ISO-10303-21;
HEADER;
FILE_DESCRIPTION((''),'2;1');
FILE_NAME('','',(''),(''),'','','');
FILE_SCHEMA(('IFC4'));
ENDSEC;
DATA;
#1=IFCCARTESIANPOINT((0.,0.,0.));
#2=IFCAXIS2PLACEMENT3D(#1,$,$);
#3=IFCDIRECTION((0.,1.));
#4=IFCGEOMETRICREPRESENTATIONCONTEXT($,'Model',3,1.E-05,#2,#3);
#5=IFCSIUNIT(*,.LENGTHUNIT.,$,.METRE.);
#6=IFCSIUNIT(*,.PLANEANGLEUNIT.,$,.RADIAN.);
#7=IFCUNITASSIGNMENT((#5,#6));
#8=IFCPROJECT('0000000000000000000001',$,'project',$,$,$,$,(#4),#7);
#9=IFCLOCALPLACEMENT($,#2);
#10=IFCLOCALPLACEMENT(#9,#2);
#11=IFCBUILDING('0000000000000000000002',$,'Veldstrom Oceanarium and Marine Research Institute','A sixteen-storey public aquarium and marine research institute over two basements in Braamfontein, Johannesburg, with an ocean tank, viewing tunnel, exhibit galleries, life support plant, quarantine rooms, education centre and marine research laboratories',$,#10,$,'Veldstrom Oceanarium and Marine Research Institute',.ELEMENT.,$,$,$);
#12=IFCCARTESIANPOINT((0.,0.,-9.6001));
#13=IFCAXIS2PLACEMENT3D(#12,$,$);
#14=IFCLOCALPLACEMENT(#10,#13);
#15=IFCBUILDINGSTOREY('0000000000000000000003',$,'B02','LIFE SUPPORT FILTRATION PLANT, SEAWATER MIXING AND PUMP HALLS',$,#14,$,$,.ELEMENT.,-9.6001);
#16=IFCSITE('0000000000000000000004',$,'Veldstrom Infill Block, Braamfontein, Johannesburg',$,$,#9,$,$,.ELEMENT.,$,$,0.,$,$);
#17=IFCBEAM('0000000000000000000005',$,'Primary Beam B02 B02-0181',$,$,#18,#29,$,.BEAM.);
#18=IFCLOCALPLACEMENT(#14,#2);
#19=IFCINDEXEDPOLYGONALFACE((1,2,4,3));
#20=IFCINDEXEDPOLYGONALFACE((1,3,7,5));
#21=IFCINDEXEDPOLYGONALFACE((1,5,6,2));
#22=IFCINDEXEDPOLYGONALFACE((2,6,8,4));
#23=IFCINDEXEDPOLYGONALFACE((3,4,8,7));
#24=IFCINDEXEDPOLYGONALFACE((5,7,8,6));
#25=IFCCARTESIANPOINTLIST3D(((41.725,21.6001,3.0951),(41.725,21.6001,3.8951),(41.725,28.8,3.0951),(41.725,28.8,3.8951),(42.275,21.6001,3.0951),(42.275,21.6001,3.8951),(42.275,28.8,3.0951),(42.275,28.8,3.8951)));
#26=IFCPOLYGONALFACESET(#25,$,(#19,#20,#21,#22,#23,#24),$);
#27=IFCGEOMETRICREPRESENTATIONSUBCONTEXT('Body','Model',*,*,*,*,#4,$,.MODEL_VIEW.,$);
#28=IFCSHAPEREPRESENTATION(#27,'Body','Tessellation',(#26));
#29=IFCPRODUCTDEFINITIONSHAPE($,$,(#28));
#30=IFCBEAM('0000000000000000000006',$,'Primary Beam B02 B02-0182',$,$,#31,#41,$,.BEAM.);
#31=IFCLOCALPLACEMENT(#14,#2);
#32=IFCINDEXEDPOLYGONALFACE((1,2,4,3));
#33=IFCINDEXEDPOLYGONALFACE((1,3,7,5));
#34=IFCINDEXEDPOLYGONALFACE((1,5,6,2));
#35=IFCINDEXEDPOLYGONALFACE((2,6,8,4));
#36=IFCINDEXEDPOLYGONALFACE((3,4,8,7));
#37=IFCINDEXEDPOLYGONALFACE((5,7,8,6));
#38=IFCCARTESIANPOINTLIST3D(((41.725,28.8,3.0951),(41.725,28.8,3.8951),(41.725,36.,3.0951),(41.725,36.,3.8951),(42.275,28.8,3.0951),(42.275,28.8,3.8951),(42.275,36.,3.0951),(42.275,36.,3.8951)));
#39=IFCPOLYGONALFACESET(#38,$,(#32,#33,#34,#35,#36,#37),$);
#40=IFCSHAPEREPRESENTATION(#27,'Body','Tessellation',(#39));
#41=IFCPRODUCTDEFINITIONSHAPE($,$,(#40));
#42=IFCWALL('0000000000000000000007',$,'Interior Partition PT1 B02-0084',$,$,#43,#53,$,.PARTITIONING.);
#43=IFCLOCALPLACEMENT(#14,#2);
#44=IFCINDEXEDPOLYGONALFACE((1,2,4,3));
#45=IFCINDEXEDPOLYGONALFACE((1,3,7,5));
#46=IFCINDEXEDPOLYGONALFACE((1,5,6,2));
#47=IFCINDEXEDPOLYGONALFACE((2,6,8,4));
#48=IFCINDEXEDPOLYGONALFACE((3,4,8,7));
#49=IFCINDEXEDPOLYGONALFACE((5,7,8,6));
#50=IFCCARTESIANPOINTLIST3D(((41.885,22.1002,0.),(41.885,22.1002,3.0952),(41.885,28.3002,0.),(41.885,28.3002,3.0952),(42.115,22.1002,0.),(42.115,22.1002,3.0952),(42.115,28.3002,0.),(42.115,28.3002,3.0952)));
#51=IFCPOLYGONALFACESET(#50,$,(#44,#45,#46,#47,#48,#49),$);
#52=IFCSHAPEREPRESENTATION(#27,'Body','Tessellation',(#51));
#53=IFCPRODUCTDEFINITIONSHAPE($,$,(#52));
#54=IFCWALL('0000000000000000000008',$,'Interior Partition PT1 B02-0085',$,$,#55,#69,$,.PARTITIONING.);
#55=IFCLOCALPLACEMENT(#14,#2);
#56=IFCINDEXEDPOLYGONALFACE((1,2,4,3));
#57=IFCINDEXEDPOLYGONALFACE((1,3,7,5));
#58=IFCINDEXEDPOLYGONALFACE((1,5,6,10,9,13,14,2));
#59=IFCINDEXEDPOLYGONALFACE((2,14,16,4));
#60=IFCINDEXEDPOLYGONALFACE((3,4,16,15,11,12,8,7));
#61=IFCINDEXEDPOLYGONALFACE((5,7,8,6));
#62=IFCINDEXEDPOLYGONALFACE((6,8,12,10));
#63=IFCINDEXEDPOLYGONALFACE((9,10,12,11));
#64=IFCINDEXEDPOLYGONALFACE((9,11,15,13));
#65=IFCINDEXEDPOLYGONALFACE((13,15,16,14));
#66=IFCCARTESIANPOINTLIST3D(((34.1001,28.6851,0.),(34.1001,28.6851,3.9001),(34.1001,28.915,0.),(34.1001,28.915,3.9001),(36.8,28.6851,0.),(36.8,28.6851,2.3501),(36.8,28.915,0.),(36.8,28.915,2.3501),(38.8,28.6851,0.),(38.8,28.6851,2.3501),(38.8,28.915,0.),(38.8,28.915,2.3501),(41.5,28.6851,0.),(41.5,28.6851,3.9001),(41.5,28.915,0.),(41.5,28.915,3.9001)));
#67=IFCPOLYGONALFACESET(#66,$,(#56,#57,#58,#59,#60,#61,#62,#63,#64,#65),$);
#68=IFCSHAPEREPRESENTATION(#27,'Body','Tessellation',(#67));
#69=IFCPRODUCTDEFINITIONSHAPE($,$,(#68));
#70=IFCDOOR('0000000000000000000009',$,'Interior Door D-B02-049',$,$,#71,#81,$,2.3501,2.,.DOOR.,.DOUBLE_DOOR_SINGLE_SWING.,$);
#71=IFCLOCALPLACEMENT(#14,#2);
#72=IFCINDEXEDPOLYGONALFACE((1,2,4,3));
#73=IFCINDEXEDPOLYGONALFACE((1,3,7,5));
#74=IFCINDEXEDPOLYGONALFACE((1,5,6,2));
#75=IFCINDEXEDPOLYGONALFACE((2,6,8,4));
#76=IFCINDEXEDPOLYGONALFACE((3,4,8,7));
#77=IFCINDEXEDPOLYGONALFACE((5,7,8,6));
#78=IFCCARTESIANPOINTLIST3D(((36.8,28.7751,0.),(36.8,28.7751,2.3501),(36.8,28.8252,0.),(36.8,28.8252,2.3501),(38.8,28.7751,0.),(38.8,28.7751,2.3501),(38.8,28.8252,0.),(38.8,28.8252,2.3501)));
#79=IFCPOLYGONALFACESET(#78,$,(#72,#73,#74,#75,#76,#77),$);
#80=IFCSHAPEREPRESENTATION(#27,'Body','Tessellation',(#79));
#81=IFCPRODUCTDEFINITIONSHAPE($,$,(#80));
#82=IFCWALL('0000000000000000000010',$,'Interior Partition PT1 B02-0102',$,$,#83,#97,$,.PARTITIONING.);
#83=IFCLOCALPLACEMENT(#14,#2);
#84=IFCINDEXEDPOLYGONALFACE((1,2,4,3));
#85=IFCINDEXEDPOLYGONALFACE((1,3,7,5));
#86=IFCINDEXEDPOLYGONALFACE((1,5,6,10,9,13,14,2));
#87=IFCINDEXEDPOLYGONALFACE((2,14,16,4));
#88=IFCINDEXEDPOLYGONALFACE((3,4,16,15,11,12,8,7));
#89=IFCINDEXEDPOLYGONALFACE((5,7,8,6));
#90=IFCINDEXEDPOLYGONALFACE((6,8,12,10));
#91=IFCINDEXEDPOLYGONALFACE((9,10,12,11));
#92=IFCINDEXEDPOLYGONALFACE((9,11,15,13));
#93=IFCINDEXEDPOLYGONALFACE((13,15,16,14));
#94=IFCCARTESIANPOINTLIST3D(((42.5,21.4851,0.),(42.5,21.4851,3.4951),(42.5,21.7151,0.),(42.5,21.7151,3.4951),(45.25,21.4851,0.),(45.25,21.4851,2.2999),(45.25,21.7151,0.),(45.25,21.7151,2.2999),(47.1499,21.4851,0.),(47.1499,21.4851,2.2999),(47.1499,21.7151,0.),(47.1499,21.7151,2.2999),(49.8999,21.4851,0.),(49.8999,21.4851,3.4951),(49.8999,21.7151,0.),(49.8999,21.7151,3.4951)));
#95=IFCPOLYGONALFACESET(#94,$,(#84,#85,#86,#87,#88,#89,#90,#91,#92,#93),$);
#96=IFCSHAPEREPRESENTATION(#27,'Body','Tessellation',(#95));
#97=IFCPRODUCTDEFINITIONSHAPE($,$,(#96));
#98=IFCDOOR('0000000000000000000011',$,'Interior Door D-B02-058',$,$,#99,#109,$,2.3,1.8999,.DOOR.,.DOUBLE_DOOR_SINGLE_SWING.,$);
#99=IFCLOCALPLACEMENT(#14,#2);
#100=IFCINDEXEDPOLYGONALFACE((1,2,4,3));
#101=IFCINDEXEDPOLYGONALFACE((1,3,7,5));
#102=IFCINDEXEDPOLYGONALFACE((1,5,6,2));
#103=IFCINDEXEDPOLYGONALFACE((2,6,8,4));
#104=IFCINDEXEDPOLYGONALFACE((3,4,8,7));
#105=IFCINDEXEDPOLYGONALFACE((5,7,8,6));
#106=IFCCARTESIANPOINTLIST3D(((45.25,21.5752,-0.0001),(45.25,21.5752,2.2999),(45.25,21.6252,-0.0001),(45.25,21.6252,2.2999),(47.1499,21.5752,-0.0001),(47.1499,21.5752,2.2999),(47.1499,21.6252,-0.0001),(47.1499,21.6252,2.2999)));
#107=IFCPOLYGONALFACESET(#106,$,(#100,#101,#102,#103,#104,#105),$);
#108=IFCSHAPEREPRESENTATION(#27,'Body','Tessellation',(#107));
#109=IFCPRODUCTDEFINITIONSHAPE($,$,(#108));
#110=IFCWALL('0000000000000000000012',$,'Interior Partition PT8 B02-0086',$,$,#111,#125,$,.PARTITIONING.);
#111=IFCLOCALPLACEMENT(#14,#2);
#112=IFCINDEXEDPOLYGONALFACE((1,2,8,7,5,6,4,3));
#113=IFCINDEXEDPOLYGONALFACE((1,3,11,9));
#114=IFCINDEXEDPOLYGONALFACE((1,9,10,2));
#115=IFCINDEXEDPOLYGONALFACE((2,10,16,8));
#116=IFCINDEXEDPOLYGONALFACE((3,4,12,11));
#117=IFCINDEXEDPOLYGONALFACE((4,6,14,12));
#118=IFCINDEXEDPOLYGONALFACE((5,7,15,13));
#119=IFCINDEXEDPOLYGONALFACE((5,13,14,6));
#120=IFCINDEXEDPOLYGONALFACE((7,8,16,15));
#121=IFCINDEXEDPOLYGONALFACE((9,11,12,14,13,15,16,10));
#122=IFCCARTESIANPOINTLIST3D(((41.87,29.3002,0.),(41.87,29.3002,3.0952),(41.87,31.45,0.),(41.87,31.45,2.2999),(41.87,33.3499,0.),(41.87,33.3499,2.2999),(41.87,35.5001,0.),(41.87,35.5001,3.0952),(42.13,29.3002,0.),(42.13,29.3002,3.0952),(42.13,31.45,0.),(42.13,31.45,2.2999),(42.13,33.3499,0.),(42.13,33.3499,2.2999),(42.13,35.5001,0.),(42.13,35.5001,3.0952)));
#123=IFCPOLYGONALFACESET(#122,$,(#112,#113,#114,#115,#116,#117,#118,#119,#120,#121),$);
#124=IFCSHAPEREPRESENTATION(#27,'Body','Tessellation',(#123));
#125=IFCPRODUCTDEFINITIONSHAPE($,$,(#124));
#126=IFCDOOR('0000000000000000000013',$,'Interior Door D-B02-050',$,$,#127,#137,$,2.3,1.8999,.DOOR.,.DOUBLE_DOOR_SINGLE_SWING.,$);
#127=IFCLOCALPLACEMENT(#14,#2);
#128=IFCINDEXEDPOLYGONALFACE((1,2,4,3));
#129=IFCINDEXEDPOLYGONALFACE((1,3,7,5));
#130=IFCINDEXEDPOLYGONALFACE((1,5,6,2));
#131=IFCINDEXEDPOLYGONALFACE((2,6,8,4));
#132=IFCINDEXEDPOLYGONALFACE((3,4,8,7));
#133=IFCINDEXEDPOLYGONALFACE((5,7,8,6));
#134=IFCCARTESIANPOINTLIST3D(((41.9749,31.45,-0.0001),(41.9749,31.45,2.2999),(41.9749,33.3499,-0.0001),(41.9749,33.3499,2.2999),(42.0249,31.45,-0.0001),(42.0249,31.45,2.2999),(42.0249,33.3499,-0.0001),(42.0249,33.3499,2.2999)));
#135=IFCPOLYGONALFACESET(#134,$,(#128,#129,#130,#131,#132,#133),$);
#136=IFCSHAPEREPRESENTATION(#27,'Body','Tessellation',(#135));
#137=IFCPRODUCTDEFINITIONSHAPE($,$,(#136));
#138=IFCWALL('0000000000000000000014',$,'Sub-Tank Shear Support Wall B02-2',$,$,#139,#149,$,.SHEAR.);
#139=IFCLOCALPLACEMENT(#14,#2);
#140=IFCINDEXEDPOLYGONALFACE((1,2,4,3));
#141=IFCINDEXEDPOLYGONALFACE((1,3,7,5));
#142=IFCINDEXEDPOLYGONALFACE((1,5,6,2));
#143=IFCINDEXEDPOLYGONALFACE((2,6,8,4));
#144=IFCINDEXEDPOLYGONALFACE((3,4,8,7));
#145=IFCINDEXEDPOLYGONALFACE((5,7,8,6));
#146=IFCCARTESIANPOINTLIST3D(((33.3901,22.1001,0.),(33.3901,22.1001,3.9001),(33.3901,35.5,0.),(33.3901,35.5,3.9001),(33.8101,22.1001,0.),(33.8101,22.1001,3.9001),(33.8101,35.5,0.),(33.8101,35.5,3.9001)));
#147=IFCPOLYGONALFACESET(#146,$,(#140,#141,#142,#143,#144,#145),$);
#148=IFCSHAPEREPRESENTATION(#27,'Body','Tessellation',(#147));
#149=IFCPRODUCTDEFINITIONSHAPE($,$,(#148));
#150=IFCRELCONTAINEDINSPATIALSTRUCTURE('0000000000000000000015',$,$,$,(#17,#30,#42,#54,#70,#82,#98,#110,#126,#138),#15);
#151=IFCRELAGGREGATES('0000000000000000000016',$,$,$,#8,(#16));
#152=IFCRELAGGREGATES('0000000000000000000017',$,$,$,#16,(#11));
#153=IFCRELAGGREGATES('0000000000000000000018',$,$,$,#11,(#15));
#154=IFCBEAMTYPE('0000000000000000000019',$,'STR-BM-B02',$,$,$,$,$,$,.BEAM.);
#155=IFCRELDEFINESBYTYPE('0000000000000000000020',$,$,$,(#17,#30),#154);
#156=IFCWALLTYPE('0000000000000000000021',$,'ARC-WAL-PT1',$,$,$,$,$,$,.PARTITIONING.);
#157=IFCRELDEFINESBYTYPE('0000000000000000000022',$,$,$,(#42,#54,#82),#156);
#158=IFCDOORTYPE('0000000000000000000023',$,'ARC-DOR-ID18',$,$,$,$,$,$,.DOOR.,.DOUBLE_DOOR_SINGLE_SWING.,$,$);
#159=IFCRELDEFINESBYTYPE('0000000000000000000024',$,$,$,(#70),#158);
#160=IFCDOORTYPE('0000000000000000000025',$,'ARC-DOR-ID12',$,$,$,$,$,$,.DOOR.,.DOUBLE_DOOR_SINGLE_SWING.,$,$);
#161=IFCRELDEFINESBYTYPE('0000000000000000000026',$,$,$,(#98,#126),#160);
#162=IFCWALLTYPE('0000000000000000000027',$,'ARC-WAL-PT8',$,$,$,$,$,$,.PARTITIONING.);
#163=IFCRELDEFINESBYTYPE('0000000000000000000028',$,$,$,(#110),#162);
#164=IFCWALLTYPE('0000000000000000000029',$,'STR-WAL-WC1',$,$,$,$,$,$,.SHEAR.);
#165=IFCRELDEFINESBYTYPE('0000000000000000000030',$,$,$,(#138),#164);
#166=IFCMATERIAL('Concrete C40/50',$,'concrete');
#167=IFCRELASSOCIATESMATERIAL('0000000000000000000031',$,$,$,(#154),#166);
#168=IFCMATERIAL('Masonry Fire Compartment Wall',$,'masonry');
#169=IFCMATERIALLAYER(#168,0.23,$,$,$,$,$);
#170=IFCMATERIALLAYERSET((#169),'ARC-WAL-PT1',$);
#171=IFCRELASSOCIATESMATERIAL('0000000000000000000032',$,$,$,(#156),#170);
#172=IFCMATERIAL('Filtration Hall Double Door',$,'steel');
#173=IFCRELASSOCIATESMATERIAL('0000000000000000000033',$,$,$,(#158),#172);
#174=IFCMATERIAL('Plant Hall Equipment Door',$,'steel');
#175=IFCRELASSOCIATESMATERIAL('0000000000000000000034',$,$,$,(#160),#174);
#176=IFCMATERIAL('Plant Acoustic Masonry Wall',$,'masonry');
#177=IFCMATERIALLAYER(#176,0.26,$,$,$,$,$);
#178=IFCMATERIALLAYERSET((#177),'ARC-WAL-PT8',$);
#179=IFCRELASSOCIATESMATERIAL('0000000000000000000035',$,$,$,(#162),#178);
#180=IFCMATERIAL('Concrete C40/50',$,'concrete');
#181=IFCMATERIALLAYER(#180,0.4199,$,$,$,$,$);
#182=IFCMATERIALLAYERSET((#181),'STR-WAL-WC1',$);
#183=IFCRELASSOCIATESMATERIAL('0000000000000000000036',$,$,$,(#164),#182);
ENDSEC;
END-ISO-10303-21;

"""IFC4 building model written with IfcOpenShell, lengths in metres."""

from ifc_helpers import new_model, si_unit, direction, frame, frame_2d, origin, origin_2d, place, context, subcontext, project, spatial, rectangle, extrude, material, layer, layer_set, material_profile, profile_set, type_object, element, fill, save


model = new_model("IFC4")

# Units and contexts
model_context = context("Model", 3, precision=1e-05, world=origin(), true_north=direction((0.0, 1.0)))
body_context = subcontext(model_context, "Body", "Model", "MODEL_VIEW")
ifc_project = project(units=[si_unit("LENGTHUNIT", "METRE"), si_unit("PLANEANGLEUNIT", "RADIAN")], contexts=[model_context])

# Site, building, storey
site_placement = place(None, origin())
site = spatial("IfcSite", under=ifc_project, at=site_placement, Name="Veldstrom Infill Block, Braamfontein, Johannesburg", CompositionType="ELEMENT", RefElevation=0.0)
building_placement = place(site_placement, origin())
building = spatial("IfcBuilding", under=site, at=building_placement, Name="Veldstrom Oceanarium and Marine Research Institute", Description="A sixteen-storey public aquarium and marine research institute over two basements in Braamfontein, Johannesburg, with an ocean tank, viewing tunnel, exhibit galleries, life support plant, quarantine rooms, education centre and marine research laboratories", LongName="Veldstrom Oceanarium and Marine Research Institute", CompositionType="ELEMENT")
storey_placement = place(building_placement, frame((0.0, 0.0, -9.6001)))
storey = spatial("IfcBuildingStorey", under=building, at=storey_placement, Name="B02", Description="LIFE SUPPORT FILTRATION PLANT, SEAWATER MIXING AND PUMP HALLS", CompositionType="ELEMENT", Elevation=-9.6001)

# Beams
ifc_material_1 = material(Name="Concrete C40/50", Category="concrete")
ifc_material_profile_1 = material_profile(ifc_material_1, rectangle(XDim=0.55, YDim=0.8, at=origin_2d()), Name="RC-BM-550x800")
ifc_profile_set_1 = profile_set([ifc_material_profile_1], Name="Concrete C40/50")
beam_type_1 = type_object("IfcBeamType", Name="STR-BM-B02", PredefinedType="BEAM", material=ifc_profile_set_1)
for number, where, z_axis, x_axis, name in (
    (1, (42.0, 21.6001, 3.4951), (0.0, 1.0, 0.0), (-1.0, 0.0, 0.0), "Primary Beam B02 B02-0181"),
    (2, (42.0, 28.8, 3.4951), (0.0, 1.0, 0.0), (-1.0, 0.0, 0.0), "Primary Beam B02 B02-0182"),
):
    element("IfcBeam", number, at=place(storey_placement, frame(where, z_axis=z_axis, x_axis=x_axis)), inside=storey, type_object=beam_type_1, Name=name, PredefinedType="BEAM", context=body_context, shape_type="SweptSolid", body=[
        extrude(rectangle(XDim=0.55, YDim=0.8, at=origin_2d()), origin(), (0.0, 0.0, 1.0), 7.2),
    ])

# Wall
ifc_material_2 = material(Name="Masonry Fire Compartment Wall", Category="masonry")
ifc_layer_1 = layer(ifc_material_2, 0.23)
ifc_layer_set_1 = layer_set([ifc_layer_1], Name="ARC-WAL-PT1")
wall_type_1 = type_object("IfcWallType", Name="ARC-WAL-PT1", PredefinedType="PARTITIONING", material=ifc_layer_set_1)
wall_1_placement = place(storey_placement, frame((42.0, 22.1001, 0.0), z_axis=(0.0, 0.0, 1.0), x_axis=(0.0, 1.0, 0.0)))
element("IfcWall", 3, at=wall_1_placement, inside=storey, type_object=wall_type_1, Name="Interior Partition PT1 B02-0084", PredefinedType="PARTITIONING", context=body_context, shape_type="SweptSolid", body=[
    extrude(rectangle(XDim=6.2, YDim=0.23, at=frame_2d((3.1001, 0.0))), origin(), (0.0, 0.0, 1.0), 3.0952),
])

# Walls, openings, doors
wall_2_placement = place(storey_placement, frame((34.1001, 28.8, 0.0), z_axis=(0.0, 0.0, 1.0), x_axis=(1.0, 0.0, 0.0)))
wall_2 = element("IfcWall", 4, at=wall_2_placement, inside=storey, type_object=wall_type_1, Name="Interior Partition PT1 B02-0085", PredefinedType="PARTITIONING", context=body_context, shape_type="SweptSolid", body=[
    extrude(rectangle(XDim=7.3999, YDim=0.23, at=frame_2d((3.7, 0.0))), origin(), (0.0, 0.0, 1.0), 3.9001),
])
opening_1_placement = place(wall_2_placement, frame((2.7, 0.0, 0.0)))
opening_1 = element("IfcOpeningElement", 5, at=opening_1_placement, cuts=wall_2, PredefinedType="OPENING", context=body_context, shape_type="SweptSolid", body=[
    extrude(rectangle(XDim=2.0, YDim=2.3501, at=frame_2d((1.0, 1.175))), frame((0.0, 0.125, 0.0), z_axis=(0.0, -1.0, 0.0), x_axis=(1.0, 0.0, 0.0)), (0.0, 0.0, 1.0), 0.25),
])
ifc_material_3 = material(Name="Filtration Hall Double Door", Category="steel")
door_type_1 = type_object("IfcDoorType", Name="ARC-DOR-ID18", OperationType="DOUBLE_DOOR_SINGLE_SWING", PredefinedType="DOOR", material=ifc_material_3)
door_1_placement = place(opening_1_placement, frame((2.0, 0.0, 0.0), z_axis=(0.0, 0.0, 1.0), x_axis=(-1.0, 0.0, 0.0)))
door_1 = element("IfcDoor", 6, at=door_1_placement, inside=storey, type_object=door_type_1, Name="Interior Door D-B02-049", OperationType="DOUBLE_DOOR_SINGLE_SWING", OverallHeight=2.3501, OverallWidth=2.0, PredefinedType="DOOR", context=body_context, shape_type="SweptSolid", body=[
    extrude(rectangle(XDim=2.0, YDim=2.3501, at=frame_2d((1.0, 1.175))), frame((0.0, 0.0249, 0.0), z_axis=(0.0, -1.0, 0.0), x_axis=(1.0, 0.0, 0.0)), (0.0, 0.0, 1.0), 0.05),
])
fill(opening_1, door_1)
wall_3_placement = place(storey_placement, frame((42.5, 21.6001, 0.0), z_axis=(0.0, 0.0, 1.0), x_axis=(1.0, 0.0, 0.0)))
wall_3 = element("IfcWall", 7, at=wall_3_placement, inside=storey, type_object=wall_type_1, Name="Interior Partition PT1 B02-0102", PredefinedType="PARTITIONING", context=body_context, shape_type="SweptSolid", body=[
    extrude(rectangle(XDim=7.3999, YDim=0.23, at=frame_2d((3.7, 0.0))), origin(), (0.0, 0.0, 1.0), 3.4951),
])
opening_2_placement = place(wall_3_placement, frame((2.75, 0.0, 0.0)))
opening_2 = element("IfcOpeningElement", 8, at=opening_2_placement, cuts=wall_3, PredefinedType="OPENING", context=body_context, shape_type="SweptSolid", body=[
    extrude(rectangle(XDim=1.8999, YDim=2.3, at=frame_2d((0.95, 1.1499))), frame((0.0, 0.125, 0.0), z_axis=(0.0, -1.0, 0.0), x_axis=(1.0, 0.0, 0.0)), (0.0, 0.0, 1.0), 0.25),
])
ifc_material_4 = material(Name="Plant Hall Equipment Door", Category="steel")
door_type_2 = type_object("IfcDoorType", Name="ARC-DOR-ID12", OperationType="DOUBLE_DOOR_SINGLE_SWING", PredefinedType="DOOR", material=ifc_material_4)
door_2_placement = place(opening_2_placement, frame((1.8999, 0.0, 0.0), z_axis=(0.0, 0.0, 1.0), x_axis=(-1.0, 0.0, 0.0)))
door_2 = element("IfcDoor", 9, at=door_2_placement, inside=storey, type_object=door_type_2, Name="Interior Door D-B02-058", OperationType="DOUBLE_DOOR_SINGLE_SWING", OverallHeight=2.3, OverallWidth=1.8999, PredefinedType="DOOR", context=body_context, shape_type="SweptSolid", body=[
    extrude(rectangle(XDim=1.8999, YDim=2.3, at=frame_2d((0.95, 1.1499))), frame((0.0, 0.0249, 0.0), z_axis=(0.0, -1.0, 0.0), x_axis=(1.0, 0.0, 0.0)), (0.0, 0.0, 1.0), 0.05),
])
fill(opening_2, door_2)
ifc_material_5 = material(Name="Plant Acoustic Masonry Wall", Category="masonry")
ifc_layer_2 = layer(ifc_material_5, 0.26)
ifc_layer_set_2 = layer_set([ifc_layer_2], Name="ARC-WAL-PT8")
wall_type_2 = type_object("IfcWallType", Name="ARC-WAL-PT8", PredefinedType="PARTITIONING", material=ifc_layer_set_2)
wall_4_placement = place(storey_placement, frame((42.0, 29.3, 0.0), z_axis=(0.0, 0.0, 1.0), x_axis=(0.0, 1.0, 0.0)))
wall_4 = element("IfcWall", 10, at=wall_4_placement, inside=storey, type_object=wall_type_2, Name="Interior Partition PT8 B02-0086", PredefinedType="PARTITIONING", context=body_context, shape_type="SweptSolid", body=[
    extrude(rectangle(XDim=6.2, YDim=0.26, at=frame_2d((3.1001, 0.0))), origin(), (0.0, 0.0, 1.0), 3.0952),
])
opening_3_placement = place(wall_4_placement, frame((2.1499, 0.0, 0.0)))
opening_3 = element("IfcOpeningElement", 11, at=opening_3_placement, cuts=wall_4, PredefinedType="OPENING", context=body_context, shape_type="SweptSolid", body=[
    extrude(rectangle(XDim=1.8999, YDim=2.3, at=frame_2d((0.95, 1.1499))), frame((0.0, 0.1399, 0.0), z_axis=(0.0, -1.0, 0.0), x_axis=(1.0, 0.0, 0.0)), (0.0, 0.0, 1.0), 0.28),
])
door_3_placement = place(opening_3_placement, frame((1.8999, 0.0, 0.0), z_axis=(0.0, 0.0, 1.0), x_axis=(-1.0, 0.0, 0.0)))
door_3 = element("IfcDoor", 12, at=door_3_placement, inside=storey, type_object=door_type_2, Name="Interior Door D-B02-050", OperationType="DOUBLE_DOOR_SINGLE_SWING", OverallHeight=2.3, OverallWidth=1.8999, PredefinedType="DOOR", context=body_context, shape_type="SweptSolid", body=[
    extrude(rectangle(XDim=1.8999, YDim=2.3, at=frame_2d((0.95, 1.1499))), frame((0.0, 0.0249, 0.0), z_axis=(0.0, -1.0, 0.0), x_axis=(1.0, 0.0, 0.0)), (0.0, 0.0, 1.0), 0.05),
])
fill(opening_3, door_3)

# Wall
ifc_material_6 = material(Name="Concrete C40/50", Category="concrete")
ifc_layer_3 = layer(ifc_material_6, 0.4199)
ifc_layer_set_3 = layer_set([ifc_layer_3], Name="STR-WAL-WC1")
wall_type_3 = type_object("IfcWallType", Name="STR-WAL-WC1", PredefinedType="SHEAR", material=ifc_layer_set_3)
wall_5_placement = place(storey_placement, frame((33.6001, 22.1001, 0.0), z_axis=(0.0, 0.0, 1.0), x_axis=(0.0, 1.0, 0.0)))
element("IfcWall", 13, at=wall_5_placement, inside=storey, type_object=wall_type_3, Name="Sub-Tank Shear Support Wall B02-2", PredefinedType="SHEAR", context=body_context, shape_type="SweptSolid", body=[
    extrude(rectangle(XDim=13.3999, YDim=0.4199, at=frame_2d((6.7, 0.0))), origin(), (0.0, 0.0, 1.0), 3.9001),
])

save(model, "model.ifc")
